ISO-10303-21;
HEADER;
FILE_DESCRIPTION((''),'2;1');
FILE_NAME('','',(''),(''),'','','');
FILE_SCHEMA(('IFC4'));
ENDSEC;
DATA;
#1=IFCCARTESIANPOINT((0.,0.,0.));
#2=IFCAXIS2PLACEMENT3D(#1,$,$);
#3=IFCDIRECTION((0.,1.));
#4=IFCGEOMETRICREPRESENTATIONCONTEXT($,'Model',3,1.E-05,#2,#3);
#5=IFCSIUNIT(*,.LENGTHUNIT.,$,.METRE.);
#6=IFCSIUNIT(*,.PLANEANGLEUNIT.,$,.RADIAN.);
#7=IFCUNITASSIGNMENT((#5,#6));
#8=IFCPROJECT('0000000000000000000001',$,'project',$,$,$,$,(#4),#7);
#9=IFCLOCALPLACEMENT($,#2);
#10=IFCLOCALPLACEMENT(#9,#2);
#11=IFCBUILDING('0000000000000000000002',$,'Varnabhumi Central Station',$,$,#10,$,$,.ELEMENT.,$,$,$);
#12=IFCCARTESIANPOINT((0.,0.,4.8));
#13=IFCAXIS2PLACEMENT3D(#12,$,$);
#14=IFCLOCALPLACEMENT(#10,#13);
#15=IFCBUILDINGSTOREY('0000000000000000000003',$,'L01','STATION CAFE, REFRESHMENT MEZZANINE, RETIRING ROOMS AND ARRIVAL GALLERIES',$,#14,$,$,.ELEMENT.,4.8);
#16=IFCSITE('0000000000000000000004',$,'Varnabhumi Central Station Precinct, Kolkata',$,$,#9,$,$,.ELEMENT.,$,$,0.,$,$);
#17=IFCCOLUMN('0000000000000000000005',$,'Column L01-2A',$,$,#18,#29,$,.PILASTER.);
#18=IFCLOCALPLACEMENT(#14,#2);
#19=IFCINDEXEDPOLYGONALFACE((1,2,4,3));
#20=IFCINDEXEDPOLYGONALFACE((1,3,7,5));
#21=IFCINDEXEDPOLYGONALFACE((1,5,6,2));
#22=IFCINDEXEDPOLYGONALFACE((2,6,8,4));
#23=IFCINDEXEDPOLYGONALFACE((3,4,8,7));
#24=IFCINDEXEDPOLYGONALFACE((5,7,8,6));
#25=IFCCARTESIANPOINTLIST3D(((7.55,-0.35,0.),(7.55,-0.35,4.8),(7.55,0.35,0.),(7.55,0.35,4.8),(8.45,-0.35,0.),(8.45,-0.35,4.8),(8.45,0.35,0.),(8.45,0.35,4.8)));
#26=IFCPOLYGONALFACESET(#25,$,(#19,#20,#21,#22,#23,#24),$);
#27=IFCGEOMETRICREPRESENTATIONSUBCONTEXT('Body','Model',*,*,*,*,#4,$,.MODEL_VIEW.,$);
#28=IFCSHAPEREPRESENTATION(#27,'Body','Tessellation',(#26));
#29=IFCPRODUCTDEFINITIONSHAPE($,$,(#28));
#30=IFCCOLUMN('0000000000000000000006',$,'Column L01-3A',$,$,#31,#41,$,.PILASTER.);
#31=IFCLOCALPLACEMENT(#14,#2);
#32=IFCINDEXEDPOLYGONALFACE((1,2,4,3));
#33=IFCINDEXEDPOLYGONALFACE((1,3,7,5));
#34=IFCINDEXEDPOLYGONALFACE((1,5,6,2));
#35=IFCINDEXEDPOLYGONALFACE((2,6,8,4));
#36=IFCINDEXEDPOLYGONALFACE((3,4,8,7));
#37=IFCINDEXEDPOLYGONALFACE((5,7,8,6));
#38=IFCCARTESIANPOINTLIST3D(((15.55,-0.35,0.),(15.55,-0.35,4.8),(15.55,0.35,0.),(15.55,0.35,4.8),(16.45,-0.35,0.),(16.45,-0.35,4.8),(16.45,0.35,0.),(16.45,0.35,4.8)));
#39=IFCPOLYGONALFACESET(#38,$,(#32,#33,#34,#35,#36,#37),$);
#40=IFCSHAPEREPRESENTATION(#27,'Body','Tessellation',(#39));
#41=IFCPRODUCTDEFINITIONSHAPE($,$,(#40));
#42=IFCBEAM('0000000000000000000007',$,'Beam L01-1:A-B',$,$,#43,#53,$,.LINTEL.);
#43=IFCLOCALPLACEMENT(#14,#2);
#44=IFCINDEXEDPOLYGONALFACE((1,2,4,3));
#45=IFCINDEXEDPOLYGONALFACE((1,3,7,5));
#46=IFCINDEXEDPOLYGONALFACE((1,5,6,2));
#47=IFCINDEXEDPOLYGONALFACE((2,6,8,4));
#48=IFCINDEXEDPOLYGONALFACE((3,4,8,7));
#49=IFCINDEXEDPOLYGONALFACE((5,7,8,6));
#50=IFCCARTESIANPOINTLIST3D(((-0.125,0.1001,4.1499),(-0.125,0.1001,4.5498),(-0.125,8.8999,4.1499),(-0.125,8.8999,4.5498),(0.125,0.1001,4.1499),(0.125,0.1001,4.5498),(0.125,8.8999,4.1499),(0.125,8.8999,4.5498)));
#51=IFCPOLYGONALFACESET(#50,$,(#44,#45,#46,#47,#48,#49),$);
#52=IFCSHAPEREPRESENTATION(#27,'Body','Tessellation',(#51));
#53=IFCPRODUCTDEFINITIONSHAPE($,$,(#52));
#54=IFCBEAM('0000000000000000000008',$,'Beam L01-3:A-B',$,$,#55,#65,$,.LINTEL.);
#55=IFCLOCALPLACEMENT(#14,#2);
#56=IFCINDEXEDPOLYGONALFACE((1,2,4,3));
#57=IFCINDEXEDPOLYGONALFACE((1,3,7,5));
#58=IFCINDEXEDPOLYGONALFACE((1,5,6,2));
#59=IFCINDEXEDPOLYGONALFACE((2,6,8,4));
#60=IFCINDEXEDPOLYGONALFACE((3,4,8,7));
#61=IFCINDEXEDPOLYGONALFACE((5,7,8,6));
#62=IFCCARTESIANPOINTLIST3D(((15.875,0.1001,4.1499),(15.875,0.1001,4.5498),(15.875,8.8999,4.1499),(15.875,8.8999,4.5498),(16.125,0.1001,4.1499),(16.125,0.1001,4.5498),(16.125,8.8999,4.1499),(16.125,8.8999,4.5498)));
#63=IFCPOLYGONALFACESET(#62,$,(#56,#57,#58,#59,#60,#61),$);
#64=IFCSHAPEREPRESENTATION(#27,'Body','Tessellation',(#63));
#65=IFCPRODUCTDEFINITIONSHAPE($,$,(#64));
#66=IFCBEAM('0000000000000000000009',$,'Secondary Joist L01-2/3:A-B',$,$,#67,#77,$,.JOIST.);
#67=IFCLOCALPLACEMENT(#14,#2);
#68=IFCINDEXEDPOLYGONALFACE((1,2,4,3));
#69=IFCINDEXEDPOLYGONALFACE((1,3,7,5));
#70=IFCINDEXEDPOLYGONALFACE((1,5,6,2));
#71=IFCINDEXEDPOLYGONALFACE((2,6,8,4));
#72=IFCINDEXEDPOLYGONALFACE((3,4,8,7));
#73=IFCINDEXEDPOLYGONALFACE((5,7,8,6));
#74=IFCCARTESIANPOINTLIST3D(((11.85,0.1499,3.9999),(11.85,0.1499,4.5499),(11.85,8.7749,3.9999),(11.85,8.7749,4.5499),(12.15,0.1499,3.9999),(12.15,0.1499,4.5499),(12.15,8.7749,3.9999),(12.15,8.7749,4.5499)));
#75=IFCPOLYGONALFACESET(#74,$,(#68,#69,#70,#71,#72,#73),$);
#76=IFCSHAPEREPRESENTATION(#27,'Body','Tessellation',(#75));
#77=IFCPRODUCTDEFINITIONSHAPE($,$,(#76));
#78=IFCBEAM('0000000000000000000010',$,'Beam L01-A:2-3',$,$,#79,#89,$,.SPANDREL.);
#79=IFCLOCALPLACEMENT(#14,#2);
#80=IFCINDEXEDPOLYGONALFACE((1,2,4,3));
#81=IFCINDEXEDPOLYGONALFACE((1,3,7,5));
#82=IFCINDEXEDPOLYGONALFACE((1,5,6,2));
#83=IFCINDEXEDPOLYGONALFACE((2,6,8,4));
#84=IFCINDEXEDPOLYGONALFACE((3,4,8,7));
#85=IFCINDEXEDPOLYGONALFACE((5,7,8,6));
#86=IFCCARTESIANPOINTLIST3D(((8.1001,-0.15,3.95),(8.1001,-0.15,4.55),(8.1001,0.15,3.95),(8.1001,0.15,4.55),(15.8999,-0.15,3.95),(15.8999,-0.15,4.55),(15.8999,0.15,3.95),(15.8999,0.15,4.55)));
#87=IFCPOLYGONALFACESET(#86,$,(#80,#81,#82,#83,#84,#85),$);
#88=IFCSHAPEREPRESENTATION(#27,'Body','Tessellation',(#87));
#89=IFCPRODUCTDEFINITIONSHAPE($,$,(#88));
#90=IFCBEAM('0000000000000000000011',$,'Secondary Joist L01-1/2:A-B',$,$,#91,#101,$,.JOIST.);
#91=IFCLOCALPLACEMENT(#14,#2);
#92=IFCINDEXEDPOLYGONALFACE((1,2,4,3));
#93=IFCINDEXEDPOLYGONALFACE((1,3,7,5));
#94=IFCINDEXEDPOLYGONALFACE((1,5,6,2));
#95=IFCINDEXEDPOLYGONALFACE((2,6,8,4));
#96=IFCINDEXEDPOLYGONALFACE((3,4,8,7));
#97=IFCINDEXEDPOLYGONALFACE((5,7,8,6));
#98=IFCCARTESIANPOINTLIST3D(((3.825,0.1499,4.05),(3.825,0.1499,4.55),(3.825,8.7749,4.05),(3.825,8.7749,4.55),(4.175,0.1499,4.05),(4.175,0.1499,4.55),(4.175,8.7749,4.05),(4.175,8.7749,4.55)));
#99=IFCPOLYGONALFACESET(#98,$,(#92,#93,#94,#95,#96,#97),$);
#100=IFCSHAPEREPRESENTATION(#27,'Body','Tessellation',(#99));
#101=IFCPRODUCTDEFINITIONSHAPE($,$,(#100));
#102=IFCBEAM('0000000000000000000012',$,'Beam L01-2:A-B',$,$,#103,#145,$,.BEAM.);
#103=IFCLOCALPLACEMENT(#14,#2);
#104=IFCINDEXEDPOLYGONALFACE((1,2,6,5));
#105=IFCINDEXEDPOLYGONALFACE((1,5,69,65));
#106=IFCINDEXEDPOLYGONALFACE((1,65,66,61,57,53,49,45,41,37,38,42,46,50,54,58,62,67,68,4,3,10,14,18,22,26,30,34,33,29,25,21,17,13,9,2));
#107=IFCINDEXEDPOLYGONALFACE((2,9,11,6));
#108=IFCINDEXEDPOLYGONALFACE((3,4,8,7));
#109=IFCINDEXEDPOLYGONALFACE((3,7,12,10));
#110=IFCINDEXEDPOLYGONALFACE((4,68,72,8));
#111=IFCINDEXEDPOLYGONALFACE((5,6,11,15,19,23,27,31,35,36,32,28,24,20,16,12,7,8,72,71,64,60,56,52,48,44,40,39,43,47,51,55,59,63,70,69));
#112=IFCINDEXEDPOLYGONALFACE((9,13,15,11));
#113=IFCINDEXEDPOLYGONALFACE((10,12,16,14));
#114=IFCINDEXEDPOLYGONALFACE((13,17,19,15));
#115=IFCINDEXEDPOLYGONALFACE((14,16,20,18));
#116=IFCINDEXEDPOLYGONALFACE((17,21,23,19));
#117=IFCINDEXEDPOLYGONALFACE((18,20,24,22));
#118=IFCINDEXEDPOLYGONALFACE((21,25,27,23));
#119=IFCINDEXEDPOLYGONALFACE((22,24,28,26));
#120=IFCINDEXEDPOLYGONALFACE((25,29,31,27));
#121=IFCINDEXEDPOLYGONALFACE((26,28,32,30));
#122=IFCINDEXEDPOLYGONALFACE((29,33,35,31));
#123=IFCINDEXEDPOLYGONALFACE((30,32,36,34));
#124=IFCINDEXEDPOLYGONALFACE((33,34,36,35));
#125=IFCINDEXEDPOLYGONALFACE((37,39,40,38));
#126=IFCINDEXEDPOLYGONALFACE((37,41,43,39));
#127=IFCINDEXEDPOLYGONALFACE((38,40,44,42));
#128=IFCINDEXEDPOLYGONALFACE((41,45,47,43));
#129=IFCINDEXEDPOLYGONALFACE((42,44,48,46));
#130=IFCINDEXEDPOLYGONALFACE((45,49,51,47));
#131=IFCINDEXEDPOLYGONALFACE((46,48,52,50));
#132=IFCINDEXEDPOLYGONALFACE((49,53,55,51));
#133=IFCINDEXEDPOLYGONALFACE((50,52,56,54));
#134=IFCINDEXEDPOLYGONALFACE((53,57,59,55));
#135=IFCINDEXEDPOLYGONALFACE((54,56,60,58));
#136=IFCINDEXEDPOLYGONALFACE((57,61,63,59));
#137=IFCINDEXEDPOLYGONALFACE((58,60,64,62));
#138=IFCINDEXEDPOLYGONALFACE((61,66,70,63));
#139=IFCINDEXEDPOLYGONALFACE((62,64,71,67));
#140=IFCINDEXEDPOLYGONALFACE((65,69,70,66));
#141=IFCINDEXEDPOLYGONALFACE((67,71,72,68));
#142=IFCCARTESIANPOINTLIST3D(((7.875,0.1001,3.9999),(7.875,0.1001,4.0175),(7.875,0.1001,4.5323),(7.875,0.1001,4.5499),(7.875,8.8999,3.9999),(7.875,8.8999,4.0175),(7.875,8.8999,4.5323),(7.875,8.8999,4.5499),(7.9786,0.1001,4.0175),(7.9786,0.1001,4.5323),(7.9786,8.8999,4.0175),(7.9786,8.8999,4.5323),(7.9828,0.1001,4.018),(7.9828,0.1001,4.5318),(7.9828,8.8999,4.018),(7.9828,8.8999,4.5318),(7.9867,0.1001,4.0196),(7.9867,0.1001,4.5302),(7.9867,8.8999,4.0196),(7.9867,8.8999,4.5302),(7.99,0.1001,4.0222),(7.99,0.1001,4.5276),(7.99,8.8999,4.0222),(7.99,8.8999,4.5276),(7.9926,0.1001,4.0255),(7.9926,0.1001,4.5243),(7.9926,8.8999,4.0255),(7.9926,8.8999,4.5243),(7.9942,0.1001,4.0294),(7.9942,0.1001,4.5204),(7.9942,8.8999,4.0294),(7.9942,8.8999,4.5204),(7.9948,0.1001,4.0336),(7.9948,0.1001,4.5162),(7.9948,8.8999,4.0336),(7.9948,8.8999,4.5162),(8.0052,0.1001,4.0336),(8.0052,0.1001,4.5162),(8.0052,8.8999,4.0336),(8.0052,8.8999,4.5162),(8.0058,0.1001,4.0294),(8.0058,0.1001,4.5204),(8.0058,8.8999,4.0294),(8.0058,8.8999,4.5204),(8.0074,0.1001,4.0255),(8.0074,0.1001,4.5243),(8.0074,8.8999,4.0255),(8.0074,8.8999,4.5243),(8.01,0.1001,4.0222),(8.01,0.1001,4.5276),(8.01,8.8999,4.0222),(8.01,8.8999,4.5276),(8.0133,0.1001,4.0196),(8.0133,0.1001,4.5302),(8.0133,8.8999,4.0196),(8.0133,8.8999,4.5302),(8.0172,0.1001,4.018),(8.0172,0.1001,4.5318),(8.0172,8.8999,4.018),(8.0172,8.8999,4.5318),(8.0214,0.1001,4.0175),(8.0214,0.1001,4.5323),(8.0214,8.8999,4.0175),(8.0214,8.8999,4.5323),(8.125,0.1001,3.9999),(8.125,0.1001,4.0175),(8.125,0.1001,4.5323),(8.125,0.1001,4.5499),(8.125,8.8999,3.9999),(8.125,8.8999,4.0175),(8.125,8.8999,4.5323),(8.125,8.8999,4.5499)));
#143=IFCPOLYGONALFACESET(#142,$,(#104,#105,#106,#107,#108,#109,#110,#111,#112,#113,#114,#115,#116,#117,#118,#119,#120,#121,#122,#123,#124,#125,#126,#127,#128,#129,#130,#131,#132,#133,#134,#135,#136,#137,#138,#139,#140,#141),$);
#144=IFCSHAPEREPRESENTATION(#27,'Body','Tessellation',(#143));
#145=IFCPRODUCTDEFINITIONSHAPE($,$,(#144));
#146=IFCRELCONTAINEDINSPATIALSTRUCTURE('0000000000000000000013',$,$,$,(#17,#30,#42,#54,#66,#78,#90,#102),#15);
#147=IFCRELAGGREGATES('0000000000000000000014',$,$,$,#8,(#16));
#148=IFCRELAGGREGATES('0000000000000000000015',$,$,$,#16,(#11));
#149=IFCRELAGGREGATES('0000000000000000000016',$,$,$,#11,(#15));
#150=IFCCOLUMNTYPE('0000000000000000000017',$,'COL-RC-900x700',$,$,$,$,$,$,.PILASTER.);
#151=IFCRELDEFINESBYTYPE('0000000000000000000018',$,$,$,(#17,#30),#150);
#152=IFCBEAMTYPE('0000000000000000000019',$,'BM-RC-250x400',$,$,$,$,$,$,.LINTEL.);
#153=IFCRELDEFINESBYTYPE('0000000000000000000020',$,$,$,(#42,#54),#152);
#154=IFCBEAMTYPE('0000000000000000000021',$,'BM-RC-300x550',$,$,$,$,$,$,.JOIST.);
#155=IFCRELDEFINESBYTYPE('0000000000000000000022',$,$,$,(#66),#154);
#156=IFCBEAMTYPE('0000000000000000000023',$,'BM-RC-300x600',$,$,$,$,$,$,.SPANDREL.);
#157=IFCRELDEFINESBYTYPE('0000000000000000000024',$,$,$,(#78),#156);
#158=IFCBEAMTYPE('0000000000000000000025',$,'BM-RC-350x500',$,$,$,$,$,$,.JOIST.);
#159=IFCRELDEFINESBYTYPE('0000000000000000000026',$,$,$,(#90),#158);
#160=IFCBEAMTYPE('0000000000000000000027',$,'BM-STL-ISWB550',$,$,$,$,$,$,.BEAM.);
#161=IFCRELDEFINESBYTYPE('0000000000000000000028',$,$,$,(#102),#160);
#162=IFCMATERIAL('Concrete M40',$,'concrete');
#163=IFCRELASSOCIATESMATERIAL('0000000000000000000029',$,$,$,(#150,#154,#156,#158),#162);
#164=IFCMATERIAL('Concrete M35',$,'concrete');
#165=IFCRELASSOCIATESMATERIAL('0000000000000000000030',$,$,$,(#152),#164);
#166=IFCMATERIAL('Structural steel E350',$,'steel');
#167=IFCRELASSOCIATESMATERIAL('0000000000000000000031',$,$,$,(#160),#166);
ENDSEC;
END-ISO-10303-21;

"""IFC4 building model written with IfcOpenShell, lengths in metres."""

from ifc_helpers import new_model, si_unit, direction, frame, origin, origin_2d, place, context, subcontext, project, spatial, rectangle, i_section, extrude, material, material_profile, profile_set, type_object, element, save


model = new_model("IFC4")

# Units and contexts
model_context = context("Model", 3, precision=1e-05, world=origin(), true_north=direction((0.0, 1.0)))
body_context = subcontext(model_context, "Body", "Model", "MODEL_VIEW")
ifc_project = project(units=[si_unit("LENGTHUNIT", "METRE"), si_unit("PLANEANGLEUNIT", "RADIAN")], contexts=[model_context])

# Site, building, storey
site_placement = place(None, origin())
site = spatial("IfcSite", under=ifc_project, at=site_placement, Name="Varnabhumi Central Station Precinct, Kolkata", CompositionType="ELEMENT", RefElevation=0.0)
building_placement = place(site_placement, origin())
building = spatial("IfcBuilding", under=site, at=building_placement, Name="Varnabhumi Central Station", CompositionType="ELEMENT")
storey_placement = place(building_placement, frame((0.0, 0.0, 4.8)))
storey = spatial("IfcBuildingStorey", under=building, at=storey_placement, Name="L01", Description="STATION CAFE, REFRESHMENT MEZZANINE, RETIRING ROOMS AND ARRIVAL GALLERIES", CompositionType="ELEMENT", Elevation=4.8)

# Columns
ifc_material_1 = material(Name="Concrete M40", Category="concrete")
ifc_material_profile_1 = material_profile(ifc_material_1, rectangle(XDim=0.8999, YDim=0.7, at=origin_2d()), Name="Concrete M40", Category="concrete")
ifc_profile_set_1 = profile_set([ifc_material_profile_1], Name="Concrete M40")
column_type = type_object("IfcColumnType", Name="COL-RC-900x700", PredefinedType="PILASTER", material=ifc_profile_set_1)
for number, where, z_axis, x_axis, name in (
    (1, (8.0, 0.0, 0.0), (0.0, 0.0, 1.0), (1.0, 0.0, 0.0), "Column L01-2A"),
    (2, (16.0, 0.0, 0.0), (0.0, 0.0, 1.0), (1.0, 0.0, 0.0), "Column L01-3A"),
):
    element("IfcColumn", number, at=place(storey_placement, frame(where, z_axis=z_axis, x_axis=x_axis)), inside=storey, type_object=column_type, Name=name, PredefinedType="PILASTER", context=body_context, shape_type="SweptSolid", body=[
        extrude(rectangle(XDim=0.8999, YDim=0.7, at=origin_2d()), origin(), (0.0, 0.0, 1.0), 4.8),
    ])

# Beams
ifc_material_2 = material(Name="Concrete M35", Category="concrete")
ifc_material_profile_2 = material_profile(ifc_material_2, rectangle(XDim=0.25, YDim=0.3999, at=origin_2d()), Name="Concrete M35", Category="concrete")
ifc_profile_set_2 = profile_set([ifc_material_profile_2], Name="Concrete M35")
beam_type_1 = type_object("IfcBeamType", Name="BM-RC-250x400", PredefinedType="LINTEL", material=ifc_profile_set_2)
for number, where, z_axis, x_axis, name in (
    (3, (0.0, 0.1001, 4.3499), (0.0, 1.0, 0.0), (-1.0, 0.0, 0.0), "Beam L01-1:A-B"),
    (4, (16.0, 0.1001, 4.3499), (0.0, 1.0, 0.0), (-1.0, 0.0, 0.0), "Beam L01-3:A-B"),
):
    element("IfcBeam", number, at=place(storey_placement, frame(where, z_axis=z_axis, x_axis=x_axis)), inside=storey, type_object=beam_type_1, Name=name, PredefinedType="LINTEL", context=body_context, shape_type="SweptSolid", body=[
        extrude(rectangle(XDim=0.25, YDim=0.3999, at=origin_2d()), origin(), (0.0, 0.0, 1.0), 8.7998),
    ])
ifc_material_profile_3 = material_profile(ifc_material_1, rectangle(XDim=0.3, YDim=0.55, at=origin_2d()), Name="Concrete M40", Category="concrete")
ifc_profile_set_3 = profile_set([ifc_material_profile_3], Name="Concrete M40")
beam_type_2 = type_object("IfcBeamType", Name="BM-RC-300x550", PredefinedType="JOIST", material=ifc_profile_set_3)
beam_1_placement = place(storey_placement, frame((12.0, 0.1499, 4.2749), z_axis=(0.0, 1.0, 0.0), x_axis=(-1.0, 0.0, 0.0)))
element("IfcBeam", 5, at=beam_1_placement, inside=storey, type_object=beam_type_2, Name="Secondary Joist L01-2/3:A-B", PredefinedType="JOIST", context=body_context, shape_type="SweptSolid", body=[
    extrude(rectangle(XDim=0.3, YDim=0.55, at=origin_2d()), origin(), (0.0, 0.0, 1.0), 8.625),
])
ifc_material_profile_4 = material_profile(ifc_material_1, rectangle(XDim=0.3, YDim=0.6001, at=origin_2d()), Name="Concrete M40", Category="concrete")
ifc_profile_set_4 = profile_set([ifc_material_profile_4], Name="Concrete M40")
beam_type_3 = type_object("IfcBeamType", Name="BM-RC-300x600", PredefinedType="SPANDREL", material=ifc_profile_set_4)
beam_2_placement = place(storey_placement, frame((8.1001, 0.0, 4.25), z_axis=(1.0, 0.0, 0.0), x_axis=(0.0, 1.0, 0.0)))
element("IfcBeam", 6, at=beam_2_placement, inside=storey, type_object=beam_type_3, Name="Beam L01-A:2-3", PredefinedType="SPANDREL", context=body_context, shape_type="SweptSolid", body=[
    extrude(rectangle(XDim=0.3, YDim=0.6001, at=origin_2d()), origin(), (0.0, 0.0, 1.0), 7.7998),
])
ifc_material_profile_5 = material_profile(ifc_material_1, rectangle(XDim=0.3501, YDim=0.5, at=origin_2d()), Name="Concrete M40", Category="concrete")
ifc_profile_set_5 = profile_set([ifc_material_profile_5], Name="Concrete M40")
beam_type_4 = type_object("IfcBeamType", Name="BM-RC-350x500", PredefinedType="JOIST", material=ifc_profile_set_5)
beam_3_placement = place(storey_placement, frame((4.0, 0.1499, 4.3), z_axis=(0.0, 1.0, 0.0), x_axis=(-1.0, 0.0, 0.0)))
element("IfcBeam", 7, at=beam_3_placement, inside=storey, type_object=beam_type_4, Name="Secondary Joist L01-1/2:A-B", PredefinedType="JOIST", context=body_context, shape_type="SweptSolid", body=[
    extrude(rectangle(XDim=0.3501, YDim=0.5, at=origin_2d()), origin(), (0.0, 0.0, 1.0), 8.625),
])
ifc_material_3 = material(Name="Structural steel E350", Category="steel")
ifc_material_profile_6 = material_profile(ifc_material_3, i_section(OverallWidth=0.25, OverallDepth=0.55, WebThickness=0.0105, FlangeThickness=0.0176, FilletRadius=0.0161, at=origin_2d()), Name="Structural steel E350", Category="steel")
ifc_profile_set_6 = profile_set([ifc_material_profile_6], Name="Structural steel E350")
beam_type_5 = type_object("IfcBeamType", Name="BM-STL-ISWB550", PredefinedType="BEAM", material=ifc_profile_set_6)
beam_4_placement = place(storey_placement, frame((8.0, 0.1001, 4.2749), z_axis=(0.0, 1.0, 0.0), x_axis=(-1.0, 0.0, 0.0)))
element("IfcBeam", 8, at=beam_4_placement, inside=storey, type_object=beam_type_5, Name="Beam L01-2:A-B", PredefinedType="BEAM", context=body_context, shape_type="SweptSolid", body=[
    extrude(i_section(OverallWidth=0.25, OverallDepth=0.55, WebThickness=0.0105, FlangeThickness=0.0176, FilletRadius=0.0161, at=origin_2d()), origin(), (0.0, 0.0, 1.0), 8.7998),
])

save(model, "model.ifc")
